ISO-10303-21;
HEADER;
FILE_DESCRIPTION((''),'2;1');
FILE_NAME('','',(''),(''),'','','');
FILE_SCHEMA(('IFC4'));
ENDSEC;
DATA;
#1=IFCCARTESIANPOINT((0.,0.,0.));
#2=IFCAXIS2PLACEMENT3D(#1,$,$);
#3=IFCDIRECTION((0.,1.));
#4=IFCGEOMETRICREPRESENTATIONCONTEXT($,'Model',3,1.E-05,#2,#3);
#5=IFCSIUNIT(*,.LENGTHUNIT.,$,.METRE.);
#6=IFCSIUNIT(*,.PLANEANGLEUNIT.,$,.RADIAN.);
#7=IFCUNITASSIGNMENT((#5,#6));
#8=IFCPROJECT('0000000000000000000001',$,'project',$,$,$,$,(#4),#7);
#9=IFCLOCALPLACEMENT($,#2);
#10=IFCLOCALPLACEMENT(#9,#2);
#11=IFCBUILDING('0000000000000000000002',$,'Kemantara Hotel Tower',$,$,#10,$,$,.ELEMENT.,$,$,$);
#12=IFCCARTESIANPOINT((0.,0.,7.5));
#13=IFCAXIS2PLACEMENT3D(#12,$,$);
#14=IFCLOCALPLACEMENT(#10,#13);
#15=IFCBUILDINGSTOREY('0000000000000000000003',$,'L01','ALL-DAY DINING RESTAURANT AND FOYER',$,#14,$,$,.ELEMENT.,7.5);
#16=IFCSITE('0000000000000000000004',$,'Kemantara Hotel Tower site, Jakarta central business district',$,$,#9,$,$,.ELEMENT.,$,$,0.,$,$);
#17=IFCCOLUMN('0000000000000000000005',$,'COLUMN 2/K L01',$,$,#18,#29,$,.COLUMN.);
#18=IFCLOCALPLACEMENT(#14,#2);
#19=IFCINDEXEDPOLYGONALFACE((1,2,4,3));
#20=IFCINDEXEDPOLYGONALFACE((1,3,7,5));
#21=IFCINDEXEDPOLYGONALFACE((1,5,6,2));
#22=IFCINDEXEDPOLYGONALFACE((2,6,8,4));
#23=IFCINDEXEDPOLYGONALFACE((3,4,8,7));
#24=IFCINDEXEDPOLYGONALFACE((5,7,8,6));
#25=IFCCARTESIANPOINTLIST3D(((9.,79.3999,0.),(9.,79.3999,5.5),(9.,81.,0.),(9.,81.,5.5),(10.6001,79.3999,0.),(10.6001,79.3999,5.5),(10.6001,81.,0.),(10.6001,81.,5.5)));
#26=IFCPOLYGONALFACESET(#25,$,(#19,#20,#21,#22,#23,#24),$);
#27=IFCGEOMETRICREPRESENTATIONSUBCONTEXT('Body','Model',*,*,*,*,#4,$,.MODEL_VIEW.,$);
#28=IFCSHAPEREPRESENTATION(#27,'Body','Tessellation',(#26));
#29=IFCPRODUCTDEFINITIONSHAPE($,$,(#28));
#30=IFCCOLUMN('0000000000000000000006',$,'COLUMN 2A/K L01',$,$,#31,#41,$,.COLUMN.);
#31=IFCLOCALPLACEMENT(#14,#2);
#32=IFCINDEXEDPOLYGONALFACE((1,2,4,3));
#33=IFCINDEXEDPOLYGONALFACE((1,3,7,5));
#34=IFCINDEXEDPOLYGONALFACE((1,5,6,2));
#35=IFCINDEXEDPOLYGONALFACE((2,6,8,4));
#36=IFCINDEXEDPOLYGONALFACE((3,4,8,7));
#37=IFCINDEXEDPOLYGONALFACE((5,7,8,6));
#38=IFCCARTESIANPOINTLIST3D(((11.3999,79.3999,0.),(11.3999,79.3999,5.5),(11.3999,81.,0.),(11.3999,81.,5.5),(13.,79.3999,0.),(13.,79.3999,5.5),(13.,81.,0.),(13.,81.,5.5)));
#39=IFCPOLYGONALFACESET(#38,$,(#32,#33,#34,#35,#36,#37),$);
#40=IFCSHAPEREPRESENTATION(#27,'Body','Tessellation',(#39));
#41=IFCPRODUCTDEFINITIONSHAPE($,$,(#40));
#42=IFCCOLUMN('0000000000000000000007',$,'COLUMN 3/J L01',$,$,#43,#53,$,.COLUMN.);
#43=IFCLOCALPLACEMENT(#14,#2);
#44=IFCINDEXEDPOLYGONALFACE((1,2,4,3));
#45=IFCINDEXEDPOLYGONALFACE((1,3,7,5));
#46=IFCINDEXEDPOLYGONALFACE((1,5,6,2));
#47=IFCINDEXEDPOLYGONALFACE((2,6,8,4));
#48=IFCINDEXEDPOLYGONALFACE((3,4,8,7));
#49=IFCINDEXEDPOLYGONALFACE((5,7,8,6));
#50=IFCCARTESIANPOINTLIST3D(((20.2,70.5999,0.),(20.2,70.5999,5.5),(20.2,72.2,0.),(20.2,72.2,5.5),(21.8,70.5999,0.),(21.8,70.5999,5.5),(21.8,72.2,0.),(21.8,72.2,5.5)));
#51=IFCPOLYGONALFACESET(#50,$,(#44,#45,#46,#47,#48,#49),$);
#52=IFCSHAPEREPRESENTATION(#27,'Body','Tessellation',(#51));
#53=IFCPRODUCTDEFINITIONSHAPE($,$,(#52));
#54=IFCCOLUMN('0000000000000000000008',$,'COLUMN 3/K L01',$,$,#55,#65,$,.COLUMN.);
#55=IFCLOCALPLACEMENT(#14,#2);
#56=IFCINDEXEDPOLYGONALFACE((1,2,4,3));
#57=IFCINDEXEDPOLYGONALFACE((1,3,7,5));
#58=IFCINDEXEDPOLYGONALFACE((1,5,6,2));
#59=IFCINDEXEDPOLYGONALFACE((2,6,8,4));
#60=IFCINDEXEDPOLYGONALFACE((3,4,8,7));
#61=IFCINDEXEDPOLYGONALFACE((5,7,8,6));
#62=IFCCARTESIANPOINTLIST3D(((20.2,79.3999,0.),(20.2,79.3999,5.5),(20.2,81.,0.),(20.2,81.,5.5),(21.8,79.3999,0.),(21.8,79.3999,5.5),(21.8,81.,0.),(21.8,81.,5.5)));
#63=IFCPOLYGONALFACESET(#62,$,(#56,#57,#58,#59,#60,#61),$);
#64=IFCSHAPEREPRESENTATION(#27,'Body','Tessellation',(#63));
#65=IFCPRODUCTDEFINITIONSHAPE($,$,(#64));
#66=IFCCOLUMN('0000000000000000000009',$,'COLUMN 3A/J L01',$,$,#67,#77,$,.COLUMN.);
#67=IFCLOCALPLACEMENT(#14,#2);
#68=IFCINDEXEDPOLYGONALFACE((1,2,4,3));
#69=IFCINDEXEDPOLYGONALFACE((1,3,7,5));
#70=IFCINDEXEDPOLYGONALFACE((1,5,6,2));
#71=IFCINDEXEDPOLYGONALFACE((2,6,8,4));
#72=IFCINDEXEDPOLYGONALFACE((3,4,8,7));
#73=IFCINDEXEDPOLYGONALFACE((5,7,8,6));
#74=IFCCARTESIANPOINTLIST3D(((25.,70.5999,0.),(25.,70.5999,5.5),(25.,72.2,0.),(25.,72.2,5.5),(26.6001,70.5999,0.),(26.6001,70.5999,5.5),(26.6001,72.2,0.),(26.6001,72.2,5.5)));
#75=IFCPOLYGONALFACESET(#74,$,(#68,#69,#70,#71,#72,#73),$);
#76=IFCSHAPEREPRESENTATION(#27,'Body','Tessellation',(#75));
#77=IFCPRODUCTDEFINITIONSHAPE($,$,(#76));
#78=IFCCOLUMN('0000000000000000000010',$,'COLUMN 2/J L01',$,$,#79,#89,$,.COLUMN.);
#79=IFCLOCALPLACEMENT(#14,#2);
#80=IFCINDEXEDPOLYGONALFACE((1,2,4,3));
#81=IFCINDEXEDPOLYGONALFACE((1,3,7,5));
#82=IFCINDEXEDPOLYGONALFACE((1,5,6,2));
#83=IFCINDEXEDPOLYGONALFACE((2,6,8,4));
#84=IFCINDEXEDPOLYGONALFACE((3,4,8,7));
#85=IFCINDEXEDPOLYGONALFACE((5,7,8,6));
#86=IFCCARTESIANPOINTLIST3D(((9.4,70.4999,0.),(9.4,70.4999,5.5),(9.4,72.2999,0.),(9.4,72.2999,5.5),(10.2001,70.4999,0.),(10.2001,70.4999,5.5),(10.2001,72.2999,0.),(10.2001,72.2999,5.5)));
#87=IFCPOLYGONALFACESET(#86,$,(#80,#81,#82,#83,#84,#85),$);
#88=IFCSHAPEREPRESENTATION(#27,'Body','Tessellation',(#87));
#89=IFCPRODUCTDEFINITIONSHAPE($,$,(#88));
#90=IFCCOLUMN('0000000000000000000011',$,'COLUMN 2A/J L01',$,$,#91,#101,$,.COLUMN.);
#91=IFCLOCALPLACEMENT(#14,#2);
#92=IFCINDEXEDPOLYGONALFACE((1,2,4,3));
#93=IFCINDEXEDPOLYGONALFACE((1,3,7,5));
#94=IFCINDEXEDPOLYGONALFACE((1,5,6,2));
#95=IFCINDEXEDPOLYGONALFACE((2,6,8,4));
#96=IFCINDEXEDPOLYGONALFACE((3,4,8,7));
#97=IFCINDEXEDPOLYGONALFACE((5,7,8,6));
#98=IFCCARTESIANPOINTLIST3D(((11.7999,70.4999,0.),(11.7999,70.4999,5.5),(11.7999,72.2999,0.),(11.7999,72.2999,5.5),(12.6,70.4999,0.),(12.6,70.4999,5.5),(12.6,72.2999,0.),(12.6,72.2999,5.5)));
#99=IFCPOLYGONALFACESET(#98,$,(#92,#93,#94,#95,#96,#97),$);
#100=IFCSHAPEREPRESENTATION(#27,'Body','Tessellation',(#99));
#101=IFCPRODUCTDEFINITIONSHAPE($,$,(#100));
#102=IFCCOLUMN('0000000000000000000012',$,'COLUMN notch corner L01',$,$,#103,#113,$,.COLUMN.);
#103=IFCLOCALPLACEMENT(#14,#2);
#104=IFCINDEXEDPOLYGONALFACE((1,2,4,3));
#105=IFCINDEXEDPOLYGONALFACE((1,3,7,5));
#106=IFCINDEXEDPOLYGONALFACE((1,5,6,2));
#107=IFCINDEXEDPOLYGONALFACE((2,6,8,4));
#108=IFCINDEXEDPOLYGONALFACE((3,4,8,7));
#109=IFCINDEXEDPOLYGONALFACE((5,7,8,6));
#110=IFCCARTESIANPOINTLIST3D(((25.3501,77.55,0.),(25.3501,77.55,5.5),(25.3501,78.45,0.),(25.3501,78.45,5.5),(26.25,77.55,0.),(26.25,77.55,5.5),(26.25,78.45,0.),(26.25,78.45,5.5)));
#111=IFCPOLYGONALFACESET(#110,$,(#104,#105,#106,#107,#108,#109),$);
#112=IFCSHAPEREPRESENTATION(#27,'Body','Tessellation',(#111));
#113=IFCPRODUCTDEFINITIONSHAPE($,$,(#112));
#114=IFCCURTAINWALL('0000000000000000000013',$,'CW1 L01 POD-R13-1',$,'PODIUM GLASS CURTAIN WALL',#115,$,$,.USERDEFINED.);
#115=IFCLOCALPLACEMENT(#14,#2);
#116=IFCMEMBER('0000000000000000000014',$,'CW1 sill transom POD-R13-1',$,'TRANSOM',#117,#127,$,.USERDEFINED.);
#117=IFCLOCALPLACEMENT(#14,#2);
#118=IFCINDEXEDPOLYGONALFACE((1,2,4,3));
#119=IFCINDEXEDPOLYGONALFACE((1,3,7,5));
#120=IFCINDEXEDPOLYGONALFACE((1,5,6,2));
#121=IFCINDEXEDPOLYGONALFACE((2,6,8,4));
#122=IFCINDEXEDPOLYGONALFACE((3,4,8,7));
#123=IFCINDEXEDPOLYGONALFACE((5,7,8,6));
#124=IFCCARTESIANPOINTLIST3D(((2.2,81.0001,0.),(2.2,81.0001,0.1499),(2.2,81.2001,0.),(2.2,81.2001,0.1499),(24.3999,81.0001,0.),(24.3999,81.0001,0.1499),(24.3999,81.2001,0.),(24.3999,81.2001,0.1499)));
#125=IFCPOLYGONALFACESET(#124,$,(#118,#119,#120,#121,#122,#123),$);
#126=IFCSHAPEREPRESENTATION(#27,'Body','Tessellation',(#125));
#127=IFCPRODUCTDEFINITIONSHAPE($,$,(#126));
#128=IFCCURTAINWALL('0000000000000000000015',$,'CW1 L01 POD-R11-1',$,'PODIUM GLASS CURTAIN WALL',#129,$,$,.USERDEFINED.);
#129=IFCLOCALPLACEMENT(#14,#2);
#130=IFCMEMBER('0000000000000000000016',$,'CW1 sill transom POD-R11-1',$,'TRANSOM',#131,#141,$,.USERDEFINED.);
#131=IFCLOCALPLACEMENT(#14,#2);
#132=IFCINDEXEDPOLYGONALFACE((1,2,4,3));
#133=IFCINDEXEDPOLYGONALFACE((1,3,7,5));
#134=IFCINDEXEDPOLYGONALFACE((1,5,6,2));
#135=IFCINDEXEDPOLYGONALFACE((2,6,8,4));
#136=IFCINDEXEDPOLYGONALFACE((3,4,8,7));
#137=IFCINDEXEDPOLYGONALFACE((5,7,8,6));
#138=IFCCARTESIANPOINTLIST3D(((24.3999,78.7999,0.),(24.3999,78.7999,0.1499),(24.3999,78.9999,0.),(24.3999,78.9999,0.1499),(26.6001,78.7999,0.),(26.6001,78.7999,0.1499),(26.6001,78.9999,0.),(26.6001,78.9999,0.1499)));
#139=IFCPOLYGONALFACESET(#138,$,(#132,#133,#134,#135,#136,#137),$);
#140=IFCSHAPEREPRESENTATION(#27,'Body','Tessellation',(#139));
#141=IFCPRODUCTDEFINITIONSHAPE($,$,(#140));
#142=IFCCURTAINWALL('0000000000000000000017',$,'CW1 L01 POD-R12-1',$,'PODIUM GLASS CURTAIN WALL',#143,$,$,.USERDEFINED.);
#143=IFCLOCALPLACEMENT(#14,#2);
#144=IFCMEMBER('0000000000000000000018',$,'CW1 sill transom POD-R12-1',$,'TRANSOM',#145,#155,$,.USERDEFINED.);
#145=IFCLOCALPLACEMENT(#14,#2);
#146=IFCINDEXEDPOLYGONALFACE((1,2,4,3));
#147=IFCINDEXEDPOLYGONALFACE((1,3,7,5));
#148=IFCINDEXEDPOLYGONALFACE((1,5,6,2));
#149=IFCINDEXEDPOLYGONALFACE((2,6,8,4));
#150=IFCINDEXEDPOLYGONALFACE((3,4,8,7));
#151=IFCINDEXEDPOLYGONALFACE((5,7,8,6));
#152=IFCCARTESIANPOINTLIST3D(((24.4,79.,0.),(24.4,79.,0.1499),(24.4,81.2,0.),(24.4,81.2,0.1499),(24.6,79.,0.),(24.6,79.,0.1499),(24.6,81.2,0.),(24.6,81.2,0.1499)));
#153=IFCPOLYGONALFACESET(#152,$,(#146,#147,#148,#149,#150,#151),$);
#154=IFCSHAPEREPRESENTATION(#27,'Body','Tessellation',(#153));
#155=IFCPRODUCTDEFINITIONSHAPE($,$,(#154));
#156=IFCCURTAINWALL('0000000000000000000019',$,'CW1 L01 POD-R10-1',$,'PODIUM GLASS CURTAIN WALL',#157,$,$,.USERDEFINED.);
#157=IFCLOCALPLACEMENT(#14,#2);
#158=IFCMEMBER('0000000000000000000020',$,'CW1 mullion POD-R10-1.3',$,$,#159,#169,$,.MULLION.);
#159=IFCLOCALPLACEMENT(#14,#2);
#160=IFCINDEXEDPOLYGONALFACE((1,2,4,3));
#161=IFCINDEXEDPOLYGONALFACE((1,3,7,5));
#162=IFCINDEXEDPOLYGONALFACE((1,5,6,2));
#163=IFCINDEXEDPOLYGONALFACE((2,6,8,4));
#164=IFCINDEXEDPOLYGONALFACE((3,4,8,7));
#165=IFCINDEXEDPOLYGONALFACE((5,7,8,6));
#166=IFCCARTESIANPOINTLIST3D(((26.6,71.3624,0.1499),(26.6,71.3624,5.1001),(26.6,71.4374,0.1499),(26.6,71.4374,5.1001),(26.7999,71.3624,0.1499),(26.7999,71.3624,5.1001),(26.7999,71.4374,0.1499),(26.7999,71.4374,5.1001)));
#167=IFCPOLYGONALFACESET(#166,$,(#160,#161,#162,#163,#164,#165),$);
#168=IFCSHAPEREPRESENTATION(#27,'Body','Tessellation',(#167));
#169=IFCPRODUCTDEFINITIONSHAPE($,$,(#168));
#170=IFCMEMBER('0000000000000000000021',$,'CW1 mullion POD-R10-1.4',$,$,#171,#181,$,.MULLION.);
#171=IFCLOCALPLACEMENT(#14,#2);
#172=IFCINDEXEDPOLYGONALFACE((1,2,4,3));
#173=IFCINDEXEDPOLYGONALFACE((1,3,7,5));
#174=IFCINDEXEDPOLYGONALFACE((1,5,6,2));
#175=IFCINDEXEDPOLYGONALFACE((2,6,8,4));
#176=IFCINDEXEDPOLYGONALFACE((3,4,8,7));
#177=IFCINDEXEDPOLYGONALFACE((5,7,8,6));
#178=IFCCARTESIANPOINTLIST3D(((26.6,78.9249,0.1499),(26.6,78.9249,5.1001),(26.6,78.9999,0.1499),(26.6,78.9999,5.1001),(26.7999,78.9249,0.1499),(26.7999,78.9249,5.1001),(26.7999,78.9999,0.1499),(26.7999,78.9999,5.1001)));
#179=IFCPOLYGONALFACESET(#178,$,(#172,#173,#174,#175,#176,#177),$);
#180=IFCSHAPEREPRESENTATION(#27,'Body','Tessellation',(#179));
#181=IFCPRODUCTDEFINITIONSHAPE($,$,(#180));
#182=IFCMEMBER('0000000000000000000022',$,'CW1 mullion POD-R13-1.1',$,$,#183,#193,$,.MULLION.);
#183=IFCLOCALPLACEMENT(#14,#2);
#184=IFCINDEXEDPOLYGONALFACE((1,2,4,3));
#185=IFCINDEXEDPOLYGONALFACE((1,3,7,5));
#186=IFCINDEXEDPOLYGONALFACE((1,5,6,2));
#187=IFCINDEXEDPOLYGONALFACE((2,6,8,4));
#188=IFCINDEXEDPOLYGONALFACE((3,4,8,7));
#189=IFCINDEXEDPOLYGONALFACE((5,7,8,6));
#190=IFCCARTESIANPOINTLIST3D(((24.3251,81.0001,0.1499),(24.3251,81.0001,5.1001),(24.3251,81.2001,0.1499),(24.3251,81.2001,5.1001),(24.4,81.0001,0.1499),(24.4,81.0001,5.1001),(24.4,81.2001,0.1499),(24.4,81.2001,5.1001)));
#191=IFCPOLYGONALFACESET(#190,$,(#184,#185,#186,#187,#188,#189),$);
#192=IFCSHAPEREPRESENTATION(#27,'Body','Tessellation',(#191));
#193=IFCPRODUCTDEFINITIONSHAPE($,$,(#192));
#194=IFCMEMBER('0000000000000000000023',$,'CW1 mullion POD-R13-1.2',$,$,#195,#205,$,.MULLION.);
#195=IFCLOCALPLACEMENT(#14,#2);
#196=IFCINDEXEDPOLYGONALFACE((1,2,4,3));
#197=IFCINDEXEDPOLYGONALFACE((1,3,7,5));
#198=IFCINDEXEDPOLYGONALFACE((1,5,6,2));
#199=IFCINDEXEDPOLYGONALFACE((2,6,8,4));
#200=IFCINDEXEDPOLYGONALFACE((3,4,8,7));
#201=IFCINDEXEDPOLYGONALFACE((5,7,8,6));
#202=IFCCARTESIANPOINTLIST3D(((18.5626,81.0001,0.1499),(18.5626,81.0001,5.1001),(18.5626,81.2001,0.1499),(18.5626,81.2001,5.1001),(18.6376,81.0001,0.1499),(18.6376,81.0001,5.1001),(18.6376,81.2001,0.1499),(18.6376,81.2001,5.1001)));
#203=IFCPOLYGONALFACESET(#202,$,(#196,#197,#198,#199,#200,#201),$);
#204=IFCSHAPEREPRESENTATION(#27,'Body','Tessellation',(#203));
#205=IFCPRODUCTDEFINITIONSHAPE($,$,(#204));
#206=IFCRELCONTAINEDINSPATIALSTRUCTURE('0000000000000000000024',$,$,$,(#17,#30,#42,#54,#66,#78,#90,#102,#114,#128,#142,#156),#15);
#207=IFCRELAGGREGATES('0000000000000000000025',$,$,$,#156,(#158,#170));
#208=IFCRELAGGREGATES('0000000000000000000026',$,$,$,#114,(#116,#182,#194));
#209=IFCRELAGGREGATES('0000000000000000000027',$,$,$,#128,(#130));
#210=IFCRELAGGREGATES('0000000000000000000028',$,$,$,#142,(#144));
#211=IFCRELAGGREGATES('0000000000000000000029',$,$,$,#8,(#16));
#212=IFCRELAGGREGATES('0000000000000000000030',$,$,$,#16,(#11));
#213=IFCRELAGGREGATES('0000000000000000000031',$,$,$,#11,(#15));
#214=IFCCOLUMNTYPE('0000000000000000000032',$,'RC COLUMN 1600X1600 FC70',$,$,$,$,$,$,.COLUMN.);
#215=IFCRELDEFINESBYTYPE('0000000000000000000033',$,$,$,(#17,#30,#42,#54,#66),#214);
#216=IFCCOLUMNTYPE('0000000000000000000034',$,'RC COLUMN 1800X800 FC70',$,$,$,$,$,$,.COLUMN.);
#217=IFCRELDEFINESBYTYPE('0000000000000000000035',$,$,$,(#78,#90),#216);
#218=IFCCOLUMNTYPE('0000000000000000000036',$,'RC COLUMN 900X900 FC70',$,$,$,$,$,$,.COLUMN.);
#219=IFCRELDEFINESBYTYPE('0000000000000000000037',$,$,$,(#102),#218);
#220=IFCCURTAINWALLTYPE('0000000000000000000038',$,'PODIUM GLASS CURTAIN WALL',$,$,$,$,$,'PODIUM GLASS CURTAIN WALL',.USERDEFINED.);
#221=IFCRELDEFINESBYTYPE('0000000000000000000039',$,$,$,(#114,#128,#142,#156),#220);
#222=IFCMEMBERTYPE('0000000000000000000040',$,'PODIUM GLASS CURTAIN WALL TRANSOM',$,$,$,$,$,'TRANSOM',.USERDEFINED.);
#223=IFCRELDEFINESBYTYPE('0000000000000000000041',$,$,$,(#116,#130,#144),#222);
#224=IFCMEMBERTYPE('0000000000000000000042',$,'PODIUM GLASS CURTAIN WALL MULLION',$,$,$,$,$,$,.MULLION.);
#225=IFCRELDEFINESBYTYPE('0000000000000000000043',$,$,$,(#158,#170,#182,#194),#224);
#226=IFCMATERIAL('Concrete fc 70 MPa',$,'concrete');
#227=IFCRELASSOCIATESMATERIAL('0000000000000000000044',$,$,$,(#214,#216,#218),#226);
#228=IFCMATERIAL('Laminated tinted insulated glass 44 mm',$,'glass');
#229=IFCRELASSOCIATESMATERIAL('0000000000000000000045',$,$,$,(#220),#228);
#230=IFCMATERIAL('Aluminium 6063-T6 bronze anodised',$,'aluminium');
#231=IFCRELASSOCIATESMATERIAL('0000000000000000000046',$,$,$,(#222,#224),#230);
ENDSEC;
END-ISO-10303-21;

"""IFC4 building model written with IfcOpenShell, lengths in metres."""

from ifc_helpers import new_model, si_unit, direction, frame, origin, origin_2d, place, context, subcontext, project, spatial, rectangle, extrude, source, transform, mapped, material, material_profile, profile_set, type_object, element, aggregate, save


model = new_model("IFC4")

# Units and contexts
model_context = context("Model", 3, precision=1e-05, world=origin(), true_north=direction((0.0, 1.0)))
body_context = subcontext(model_context, "Body", "Model", "MODEL_VIEW")
ifc_project = project(units=[si_unit("LENGTHUNIT", "METRE"), si_unit("PLANEANGLEUNIT", "RADIAN")], contexts=[model_context])

# Site, building, storey
site_placement = place(None, origin())
site = spatial("IfcSite", under=ifc_project, at=site_placement, Name="Kemantara Hotel Tower site, Jakarta central business district", CompositionType="ELEMENT", RefElevation=0.0)
building_placement = place(site_placement, origin())
building = spatial("IfcBuilding", under=site, at=building_placement, Name="Kemantara Hotel Tower", CompositionType="ELEMENT")
storey_placement = place(building_placement, frame((0.0, 0.0, 7.5)))
storey = spatial("IfcBuildingStorey", under=building, at=storey_placement, Name="L01", Description="ALL-DAY DINING RESTAURANT AND FOYER", CompositionType="ELEMENT", Elevation=7.5)

# Columns
ifc_material_1 = material(Name="Concrete fc 70 MPa", Category="concrete")
ifc_material_profile_1 = material_profile(ifc_material_1, rectangle(XDim=1.6001, YDim=1.6001, at=origin_2d()), Name="RC 1600X1600")
ifc_profile_set_1 = profile_set([ifc_material_profile_1], Name="Concrete fc 70 MPa")
column_type_1 = type_object("IfcColumnType", Name="RC COLUMN 1600X1600 FC70", PredefinedType="COLUMN", material=ifc_profile_set_1)
for number, where, z_axis, x_axis, name in (
    (1, (9.8, 80.2, 0.0), (0.0, 0.0, 1.0), (1.0, 0.0, 0.0), "COLUMN 2/K L01"),
    (2, (12.2, 80.2, 0.0), (0.0, 0.0, 1.0), (1.0, 0.0, 0.0), "COLUMN 2A/K L01"),
    (3, (21.0, 71.3999, 0.0), (0.0, 0.0, 1.0), (1.0, 0.0, 0.0), "COLUMN 3/J L01"),
    (4, (21.0, 80.2, 0.0), (0.0, 0.0, 1.0), (1.0, 0.0, 0.0), "COLUMN 3/K L01"),
    (5, (25.8, 71.3999, 0.0), (0.0, 0.0, 1.0), (1.0, 0.0, 0.0), "COLUMN 3A/J L01"),
):
    element("IfcColumn", number, at=place(storey_placement, frame(where, z_axis=z_axis, x_axis=x_axis)), inside=storey, type_object=column_type_1, Name=name, PredefinedType="COLUMN", context=body_context, shape_type="SweptSolid", body=[
        extrude(rectangle(XDim=1.6001, YDim=1.6001, at=origin_2d()), origin(), (0.0, 0.0, 1.0), 5.5),
    ])
ifc_material_profile_2 = material_profile(ifc_material_1, rectangle(XDim=1.8, YDim=0.8, at=origin_2d()), Name="RC 1800X800")
ifc_profile_set_2 = profile_set([ifc_material_profile_2], Name="Concrete fc 70 MPa")
column_type_2 = type_object("IfcColumnType", Name="RC COLUMN 1800X800 FC70", PredefinedType="COLUMN", material=ifc_profile_set_2)
for number, where, z_axis, x_axis, name in (
    (6, (9.8, 71.3999, 0.0), (0.0, 0.0, 1.0), (0.0, 1.0, 0.0), "COLUMN 2/J L01"),
    (7, (12.2, 71.3999, 0.0), (0.0, 0.0, 1.0), (0.0, 1.0, 0.0), "COLUMN 2A/J L01"),
):
    element("IfcColumn", number, at=place(storey_placement, frame(where, z_axis=z_axis, x_axis=x_axis)), inside=storey, type_object=column_type_2, Name=name, PredefinedType="COLUMN", context=body_context, shape_type="SweptSolid", body=[
        extrude(rectangle(XDim=1.8, YDim=0.8, at=origin_2d()), origin(), (0.0, 0.0, 1.0), 5.5),
    ])
ifc_material_profile_3 = material_profile(ifc_material_1, rectangle(XDim=0.8999, YDim=0.8999, at=origin_2d()), Name="RC 900X900")
ifc_profile_set_3 = profile_set([ifc_material_profile_3], Name="Concrete fc 70 MPa")
column_type_3 = type_object("IfcColumnType", Name="RC COLUMN 900X900 FC70", PredefinedType="COLUMN", material=ifc_profile_set_3)
column_placement = place(storey_placement, frame((25.8, 78.0, 0.0), z_axis=(0.0, 0.0, 1.0), x_axis=(1.0, 0.0, 0.0)))
element("IfcColumn", 8, at=column_placement, inside=storey, type_object=column_type_3, Name="COLUMN notch corner L01", PredefinedType="COLUMN", context=body_context, shape_type="SweptSolid", body=[
    extrude(rectangle(XDim=0.8999, YDim=0.8999, at=origin_2d()), origin(), (0.0, 0.0, 1.0), 5.5),
])

# Curtain walls, members
ifc_material_2 = material(Name="Laminated tinted insulated glass 44 mm", Category="glass")
curtain_wall_type = type_object("IfcCurtainWallType", Name="PODIUM GLASS CURTAIN WALL", ElementType="PODIUM GLASS CURTAIN WALL", PredefinedType="USERDEFINED", material=ifc_material_2)
curtain_wall_1_placement = place(storey_placement, origin())
curtain_wall_1 = element("IfcCurtainWall", 9, at=curtain_wall_1_placement, inside=storey, type_object=curtain_wall_type, Name="CW1 L01 POD-R13-1", ObjectType="PODIUM GLASS CURTAIN WALL", PredefinedType="USERDEFINED")
ifc_material_3 = material(Name="Aluminium 6063-T6 bronze anodised", Category="aluminium")
ifc_material_profile_4 = material_profile(ifc_material_3, rectangle(XDim=0.2, YDim=0.1499, at=origin_2d()), Name="PODIUM GLASS CURTAIN WALL TRANSOM")
ifc_profile_set_4 = profile_set([ifc_material_profile_4], Name="Aluminium 6063-T6 bronze anodised")
member_type_1 = type_object("IfcMemberType", Name="PODIUM GLASS CURTAIN WALL TRANSOM", ElementType="TRANSOM", PredefinedType="USERDEFINED", material=ifc_profile_set_4)
member_1_placement = place(storey_placement, frame((24.3999, 81.1001, 0.075), z_axis=(-1.0, 0.0, 0.0), x_axis=(0.0, -1.0, 0.0)))
member_1 = element("IfcMember", 10, at=member_1_placement, type_object=member_type_1, Name="CW1 sill transom POD-R13-1", ObjectType="TRANSOM", PredefinedType="USERDEFINED", context=body_context, shape_type="SweptSolid", body=[
    extrude(rectangle(XDim=0.2, YDim=0.1499, at=origin_2d()), origin(), (0.0, 0.0, 1.0), 22.2),
])
curtain_wall_2_placement = place(storey_placement, origin())
curtain_wall_2 = element("IfcCurtainWall", 11, at=curtain_wall_2_placement, inside=storey, type_object=curtain_wall_type, Name="CW1 L01 POD-R11-1", ObjectType="PODIUM GLASS CURTAIN WALL", PredefinedType="USERDEFINED")
member_2_placement = place(storey_placement, frame((26.6001, 78.8999, 0.075), z_axis=(-1.0, 0.0, 0.0), x_axis=(0.0, -1.0, 0.0)))
member_2 = element("IfcMember", 12, at=member_2_placement, type_object=member_type_1, Name="CW1 sill transom POD-R11-1", ObjectType="TRANSOM", PredefinedType="USERDEFINED", context=body_context, shape_type="SweptSolid", body=[
    extrude(rectangle(XDim=0.2, YDim=0.1499, at=origin_2d()), origin(), (0.0, 0.0, 1.0), 2.2002),
])
curtain_wall_3_placement = place(storey_placement, origin())
curtain_wall_3 = element("IfcCurtainWall", 13, at=curtain_wall_3_placement, inside=storey, type_object=curtain_wall_type, Name="CW1 L01 POD-R12-1", ObjectType="PODIUM GLASS CURTAIN WALL", PredefinedType="USERDEFINED")
member_3_placement = place(storey_placement, frame((24.5, 79.0, 0.075), z_axis=(0.0, 1.0, 0.0), x_axis=(-1.0, 0.0, 0.0)))
member_3 = element("IfcMember", 14, at=member_3_placement, type_object=member_type_1, Name="CW1 sill transom POD-R12-1", ObjectType="TRANSOM", PredefinedType="USERDEFINED", context=body_context, shape_type="SweptSolid", body=[
    extrude(rectangle(XDim=0.2, YDim=0.1499, at=origin_2d()), origin(), (0.0, 0.0, 1.0), 2.2),
])

# Curtain wall, members
curtain_wall_4_placement = place(storey_placement, origin())
curtain_wall_4 = element("IfcCurtainWall", 15, at=curtain_wall_4_placement, inside=storey, type_object=curtain_wall_type, Name="CW1 L01 POD-R10-1", ObjectType="PODIUM GLASS CURTAIN WALL", PredefinedType="USERDEFINED")
ifc_material_profile_5 = material_profile(ifc_material_3, rectangle(XDim=0.2, YDim=0.075, at=origin_2d()), Name="PODIUM GLASS CURTAIN WALL MULLION")
ifc_profile_set_5 = profile_set([ifc_material_profile_5], Name="Aluminium 6063-T6 bronze anodised")
member_type_2 = type_object("IfcMemberType", Name="PODIUM GLASS CURTAIN WALL MULLION", PredefinedType="MULLION", material=ifc_profile_set_5)
shared_shape_1 = source(origin(), body_context, "Body", "SweptSolid", [
    extrude(rectangle(XDim=0.2, YDim=0.075, at=origin_2d()), origin(), (0.0, 0.0, 1.0), 4.9502),
])
member_4_placement = place(storey_placement, frame((26.7, 71.3999, 0.1499), z_axis=(0.0, 0.0, 1.0), x_axis=(-1.0, 0.0, 0.0)))
member_4 = element("IfcMember", 16, at=member_4_placement, type_object=member_type_2, Name="CW1 mullion POD-R10-1.3", PredefinedType="MULLION", context=body_context, shape_type="MappedRepresentation", body=[
    mapped(shared_shape_1, transform((0.0, 0.0, 0.0))),
])
member_5_placement = place(storey_placement, frame((26.7, 78.9624, 0.1499), z_axis=(0.0, 0.0, 1.0), x_axis=(-1.0, 0.0, 0.0)))
member_5 = element("IfcMember", 17, at=member_5_placement, type_object=member_type_2, Name="CW1 mullion POD-R10-1.4", PredefinedType="MULLION", context=body_context, shape_type="MappedRepresentation", body=[
    mapped(shared_shape_1, transform((0.0, 0.0, 0.0))),
])

# Members
member_6_placement = place(storey_placement, frame((24.3625, 81.1001, 0.1499), z_axis=(0.0, 0.0, 1.0), x_axis=(0.0, -1.0, 0.0)))
member_6 = element("IfcMember", 18, at=member_6_placement, type_object=member_type_2, Name="CW1 mullion POD-R13-1.1", PredefinedType="MULLION", context=body_context, shape_type="MappedRepresentation", body=[
    mapped(shared_shape_1, transform((0.0, 0.0, 0.0))),
])
member_7_placement = place(storey_placement, frame((18.6001, 81.1001, 0.1499), z_axis=(0.0, 0.0, 1.0), x_axis=(0.0, -1.0, 0.0)))
member_7 = element("IfcMember", 19, at=member_7_placement, type_object=member_type_2, Name="CW1 mullion POD-R13-1.2", PredefinedType="MULLION", context=body_context, shape_type="MappedRepresentation", body=[
    mapped(shared_shape_1, transform((0.0, 0.0, 0.0))),
])

aggregate(curtain_wall_4, [member_4, member_5])
aggregate(curtain_wall_1, [member_1, member_6, member_7])
aggregate(curtain_wall_2, [member_2])
aggregate(curtain_wall_3, [member_3])

save(model, "model.ifc")
